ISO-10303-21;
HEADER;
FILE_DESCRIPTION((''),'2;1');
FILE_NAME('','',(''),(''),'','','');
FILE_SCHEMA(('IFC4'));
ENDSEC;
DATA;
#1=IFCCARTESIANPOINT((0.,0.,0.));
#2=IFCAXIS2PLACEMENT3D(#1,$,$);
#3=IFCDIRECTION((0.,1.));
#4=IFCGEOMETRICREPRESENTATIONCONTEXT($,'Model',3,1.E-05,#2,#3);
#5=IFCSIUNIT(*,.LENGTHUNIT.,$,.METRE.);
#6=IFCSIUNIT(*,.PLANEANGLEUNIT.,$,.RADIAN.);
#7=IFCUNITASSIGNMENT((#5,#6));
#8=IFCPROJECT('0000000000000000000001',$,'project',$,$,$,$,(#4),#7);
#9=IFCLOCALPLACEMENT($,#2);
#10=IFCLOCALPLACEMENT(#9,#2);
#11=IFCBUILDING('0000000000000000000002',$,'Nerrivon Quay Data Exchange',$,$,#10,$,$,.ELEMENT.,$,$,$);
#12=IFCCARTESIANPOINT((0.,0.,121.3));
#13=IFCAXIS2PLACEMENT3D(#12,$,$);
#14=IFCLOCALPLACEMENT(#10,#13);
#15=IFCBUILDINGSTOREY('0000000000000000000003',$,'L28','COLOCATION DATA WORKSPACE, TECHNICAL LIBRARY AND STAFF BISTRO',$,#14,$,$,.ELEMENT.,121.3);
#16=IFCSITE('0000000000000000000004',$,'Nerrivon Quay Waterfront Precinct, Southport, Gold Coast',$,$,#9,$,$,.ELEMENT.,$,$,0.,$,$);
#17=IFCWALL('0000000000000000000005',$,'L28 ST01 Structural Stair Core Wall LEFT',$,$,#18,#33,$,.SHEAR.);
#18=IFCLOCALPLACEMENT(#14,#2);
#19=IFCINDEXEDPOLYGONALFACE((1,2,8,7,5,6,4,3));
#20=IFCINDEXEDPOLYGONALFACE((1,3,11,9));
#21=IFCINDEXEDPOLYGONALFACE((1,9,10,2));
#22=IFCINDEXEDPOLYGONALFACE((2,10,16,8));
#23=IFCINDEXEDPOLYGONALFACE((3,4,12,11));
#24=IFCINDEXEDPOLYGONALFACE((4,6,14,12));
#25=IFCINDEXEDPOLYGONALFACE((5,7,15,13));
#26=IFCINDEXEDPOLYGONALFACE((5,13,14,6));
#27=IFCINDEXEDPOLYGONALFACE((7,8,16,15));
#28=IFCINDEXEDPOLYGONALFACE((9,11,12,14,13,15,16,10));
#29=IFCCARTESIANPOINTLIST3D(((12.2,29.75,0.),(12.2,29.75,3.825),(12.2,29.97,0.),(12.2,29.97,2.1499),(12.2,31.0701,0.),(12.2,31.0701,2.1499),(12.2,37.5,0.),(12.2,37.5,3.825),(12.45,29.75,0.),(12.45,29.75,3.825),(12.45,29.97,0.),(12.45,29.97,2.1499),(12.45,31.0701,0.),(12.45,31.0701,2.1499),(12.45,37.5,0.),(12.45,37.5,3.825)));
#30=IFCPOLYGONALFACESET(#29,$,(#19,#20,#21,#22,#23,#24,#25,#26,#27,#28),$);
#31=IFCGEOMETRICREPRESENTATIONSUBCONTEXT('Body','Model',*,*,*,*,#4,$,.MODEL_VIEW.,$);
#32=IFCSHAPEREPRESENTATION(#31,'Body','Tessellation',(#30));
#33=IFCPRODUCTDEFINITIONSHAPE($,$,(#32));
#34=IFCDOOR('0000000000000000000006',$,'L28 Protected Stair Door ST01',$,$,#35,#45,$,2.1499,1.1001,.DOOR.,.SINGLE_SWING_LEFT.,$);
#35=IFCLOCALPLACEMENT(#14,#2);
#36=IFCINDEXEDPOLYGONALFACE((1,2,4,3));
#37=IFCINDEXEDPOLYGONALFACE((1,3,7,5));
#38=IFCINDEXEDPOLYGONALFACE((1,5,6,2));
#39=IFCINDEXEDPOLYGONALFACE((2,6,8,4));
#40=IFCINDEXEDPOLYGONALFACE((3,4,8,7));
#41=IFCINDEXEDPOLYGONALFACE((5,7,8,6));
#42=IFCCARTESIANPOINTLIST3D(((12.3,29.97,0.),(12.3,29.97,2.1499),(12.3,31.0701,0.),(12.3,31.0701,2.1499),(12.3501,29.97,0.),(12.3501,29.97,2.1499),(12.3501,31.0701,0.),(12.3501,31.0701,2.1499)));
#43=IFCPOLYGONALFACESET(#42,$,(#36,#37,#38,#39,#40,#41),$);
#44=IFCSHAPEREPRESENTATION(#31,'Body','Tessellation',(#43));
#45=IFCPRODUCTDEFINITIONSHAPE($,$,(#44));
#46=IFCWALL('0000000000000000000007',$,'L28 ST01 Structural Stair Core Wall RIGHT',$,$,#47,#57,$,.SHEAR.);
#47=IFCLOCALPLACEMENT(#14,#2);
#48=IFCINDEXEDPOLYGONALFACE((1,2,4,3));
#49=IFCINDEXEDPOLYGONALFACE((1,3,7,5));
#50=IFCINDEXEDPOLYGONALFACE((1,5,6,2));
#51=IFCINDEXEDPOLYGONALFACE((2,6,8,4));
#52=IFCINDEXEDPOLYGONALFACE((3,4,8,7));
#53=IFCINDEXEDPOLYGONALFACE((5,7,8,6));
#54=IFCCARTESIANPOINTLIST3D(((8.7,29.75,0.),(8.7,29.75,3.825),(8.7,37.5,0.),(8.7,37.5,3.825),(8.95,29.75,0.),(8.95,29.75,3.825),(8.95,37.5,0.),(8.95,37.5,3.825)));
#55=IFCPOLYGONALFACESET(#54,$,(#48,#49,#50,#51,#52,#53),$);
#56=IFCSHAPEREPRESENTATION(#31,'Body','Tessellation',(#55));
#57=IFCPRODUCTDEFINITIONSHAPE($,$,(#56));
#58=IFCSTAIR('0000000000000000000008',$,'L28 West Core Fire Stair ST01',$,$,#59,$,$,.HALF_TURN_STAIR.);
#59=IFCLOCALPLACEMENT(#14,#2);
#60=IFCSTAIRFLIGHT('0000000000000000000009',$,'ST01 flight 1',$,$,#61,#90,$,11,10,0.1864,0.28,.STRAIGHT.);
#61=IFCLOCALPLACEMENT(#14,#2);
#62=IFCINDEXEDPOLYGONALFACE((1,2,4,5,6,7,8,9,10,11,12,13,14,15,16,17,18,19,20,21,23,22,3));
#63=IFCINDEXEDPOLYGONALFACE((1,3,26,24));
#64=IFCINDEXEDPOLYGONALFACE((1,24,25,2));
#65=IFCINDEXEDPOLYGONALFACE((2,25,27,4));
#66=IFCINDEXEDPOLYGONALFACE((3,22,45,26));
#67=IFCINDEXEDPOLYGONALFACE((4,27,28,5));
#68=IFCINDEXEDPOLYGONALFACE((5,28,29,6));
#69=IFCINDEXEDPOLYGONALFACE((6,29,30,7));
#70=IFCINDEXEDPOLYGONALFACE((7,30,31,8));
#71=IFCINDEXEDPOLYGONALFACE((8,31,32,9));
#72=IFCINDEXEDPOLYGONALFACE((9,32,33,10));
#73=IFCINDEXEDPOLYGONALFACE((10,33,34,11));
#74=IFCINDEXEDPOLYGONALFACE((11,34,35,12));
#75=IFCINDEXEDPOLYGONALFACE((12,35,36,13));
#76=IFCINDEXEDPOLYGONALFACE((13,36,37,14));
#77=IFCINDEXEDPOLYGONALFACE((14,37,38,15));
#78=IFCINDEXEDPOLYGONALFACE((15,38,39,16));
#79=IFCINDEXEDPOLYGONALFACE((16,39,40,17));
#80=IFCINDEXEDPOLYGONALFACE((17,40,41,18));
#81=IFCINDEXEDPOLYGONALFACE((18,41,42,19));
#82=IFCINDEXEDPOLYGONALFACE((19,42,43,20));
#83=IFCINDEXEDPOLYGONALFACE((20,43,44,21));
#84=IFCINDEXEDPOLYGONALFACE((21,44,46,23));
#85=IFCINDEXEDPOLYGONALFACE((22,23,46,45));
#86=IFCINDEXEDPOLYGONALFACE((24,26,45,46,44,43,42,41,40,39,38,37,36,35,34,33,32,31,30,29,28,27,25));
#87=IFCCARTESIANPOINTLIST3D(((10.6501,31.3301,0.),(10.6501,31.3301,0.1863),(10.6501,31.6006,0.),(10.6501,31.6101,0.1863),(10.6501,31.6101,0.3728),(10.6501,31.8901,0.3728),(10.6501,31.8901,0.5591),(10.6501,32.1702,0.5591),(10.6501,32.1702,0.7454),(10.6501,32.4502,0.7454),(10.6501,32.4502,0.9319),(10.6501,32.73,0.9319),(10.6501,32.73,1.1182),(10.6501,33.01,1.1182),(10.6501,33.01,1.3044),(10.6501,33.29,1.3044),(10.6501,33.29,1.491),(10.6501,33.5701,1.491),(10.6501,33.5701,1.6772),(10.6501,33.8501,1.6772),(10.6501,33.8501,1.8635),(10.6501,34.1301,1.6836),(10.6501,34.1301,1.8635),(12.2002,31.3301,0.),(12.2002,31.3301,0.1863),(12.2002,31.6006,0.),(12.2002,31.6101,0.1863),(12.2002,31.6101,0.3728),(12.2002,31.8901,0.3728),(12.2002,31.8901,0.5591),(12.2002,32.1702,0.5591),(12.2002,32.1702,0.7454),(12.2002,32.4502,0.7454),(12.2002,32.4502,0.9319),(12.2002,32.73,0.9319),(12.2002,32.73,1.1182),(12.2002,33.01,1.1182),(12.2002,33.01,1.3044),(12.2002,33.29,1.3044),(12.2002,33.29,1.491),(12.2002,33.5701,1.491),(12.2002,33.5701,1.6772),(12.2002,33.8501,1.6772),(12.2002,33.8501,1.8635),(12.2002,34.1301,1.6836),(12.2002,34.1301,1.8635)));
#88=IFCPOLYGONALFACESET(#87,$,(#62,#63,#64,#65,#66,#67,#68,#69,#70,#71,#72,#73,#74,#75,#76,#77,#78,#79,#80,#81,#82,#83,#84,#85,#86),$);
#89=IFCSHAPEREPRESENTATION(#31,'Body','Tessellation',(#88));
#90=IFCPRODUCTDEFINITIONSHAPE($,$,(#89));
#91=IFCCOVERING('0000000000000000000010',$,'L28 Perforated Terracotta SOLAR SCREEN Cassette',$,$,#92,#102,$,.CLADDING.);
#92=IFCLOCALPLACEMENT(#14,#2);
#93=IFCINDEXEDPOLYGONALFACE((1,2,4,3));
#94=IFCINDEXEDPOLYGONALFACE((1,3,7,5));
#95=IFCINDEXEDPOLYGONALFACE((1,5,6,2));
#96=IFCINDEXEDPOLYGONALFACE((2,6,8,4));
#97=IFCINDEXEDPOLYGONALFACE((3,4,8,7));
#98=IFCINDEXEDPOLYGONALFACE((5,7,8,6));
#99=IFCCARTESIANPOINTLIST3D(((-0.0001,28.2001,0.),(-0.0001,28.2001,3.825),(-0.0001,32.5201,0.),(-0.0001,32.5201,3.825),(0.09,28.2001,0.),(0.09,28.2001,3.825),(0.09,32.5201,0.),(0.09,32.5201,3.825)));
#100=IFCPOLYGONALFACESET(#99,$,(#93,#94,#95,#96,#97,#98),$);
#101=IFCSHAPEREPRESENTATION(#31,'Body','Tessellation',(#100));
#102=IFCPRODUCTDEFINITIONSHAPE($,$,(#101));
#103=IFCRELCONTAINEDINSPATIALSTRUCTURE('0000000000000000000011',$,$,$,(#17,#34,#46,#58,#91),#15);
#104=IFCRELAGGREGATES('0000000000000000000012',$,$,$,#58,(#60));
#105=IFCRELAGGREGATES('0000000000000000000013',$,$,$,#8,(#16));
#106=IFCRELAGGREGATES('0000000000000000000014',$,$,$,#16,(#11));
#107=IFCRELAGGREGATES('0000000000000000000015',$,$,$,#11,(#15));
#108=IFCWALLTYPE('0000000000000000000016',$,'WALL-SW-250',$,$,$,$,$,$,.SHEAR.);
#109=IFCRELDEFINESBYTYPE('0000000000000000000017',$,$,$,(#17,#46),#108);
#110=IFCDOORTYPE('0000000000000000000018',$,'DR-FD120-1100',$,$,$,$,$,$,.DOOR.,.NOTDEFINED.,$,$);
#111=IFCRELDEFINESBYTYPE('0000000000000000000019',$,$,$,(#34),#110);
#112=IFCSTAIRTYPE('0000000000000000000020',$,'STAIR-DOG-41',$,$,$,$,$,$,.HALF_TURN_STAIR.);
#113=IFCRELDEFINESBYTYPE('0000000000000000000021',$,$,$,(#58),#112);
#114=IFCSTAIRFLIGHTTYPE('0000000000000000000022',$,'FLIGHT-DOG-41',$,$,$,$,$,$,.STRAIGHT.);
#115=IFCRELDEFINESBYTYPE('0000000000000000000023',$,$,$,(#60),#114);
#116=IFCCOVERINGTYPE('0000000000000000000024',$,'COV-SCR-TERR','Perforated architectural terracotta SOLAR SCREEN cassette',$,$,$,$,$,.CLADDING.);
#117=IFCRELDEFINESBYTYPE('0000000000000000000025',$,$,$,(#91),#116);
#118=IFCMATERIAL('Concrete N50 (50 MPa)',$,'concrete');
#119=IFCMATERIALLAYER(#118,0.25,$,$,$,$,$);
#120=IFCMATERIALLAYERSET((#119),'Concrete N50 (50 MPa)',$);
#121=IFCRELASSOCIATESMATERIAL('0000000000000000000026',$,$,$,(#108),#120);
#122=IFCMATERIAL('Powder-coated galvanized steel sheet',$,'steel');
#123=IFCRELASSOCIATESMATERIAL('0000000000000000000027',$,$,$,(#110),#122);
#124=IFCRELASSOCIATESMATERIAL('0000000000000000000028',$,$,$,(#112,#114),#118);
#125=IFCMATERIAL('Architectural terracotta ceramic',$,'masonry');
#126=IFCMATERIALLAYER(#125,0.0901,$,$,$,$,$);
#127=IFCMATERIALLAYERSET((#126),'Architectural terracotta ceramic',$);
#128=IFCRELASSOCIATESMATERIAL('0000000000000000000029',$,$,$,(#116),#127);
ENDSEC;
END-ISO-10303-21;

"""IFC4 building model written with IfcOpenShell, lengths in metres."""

from ifc_helpers import new_model, si_unit, direction, frame, frame_2d, origin, origin_2d, place, context, subcontext, project, spatial, polyline, rectangle, outline, extrude, material, layer, layer_set, type_object, element, fill, aggregate, save


model = new_model("IFC4")

# Units and contexts
model_context = context("Model", 3, precision=1e-05, world=origin(), true_north=direction((0.0, 1.0)))
body_context = subcontext(model_context, "Body", "Model", "MODEL_VIEW")
ifc_project = project(units=[si_unit("LENGTHUNIT", "METRE"), si_unit("PLANEANGLEUNIT", "RADIAN")], contexts=[model_context])

# Site, building, storey
site_placement = place(None, origin())
site = spatial("IfcSite", under=ifc_project, at=site_placement, Name="Nerrivon Quay Waterfront Precinct, Southport, Gold Coast", CompositionType="ELEMENT", RefElevation=0.0)
building_placement = place(site_placement, origin())
building = spatial("IfcBuilding", under=site, at=building_placement, Name="Nerrivon Quay Data Exchange", CompositionType="ELEMENT")
storey_placement = place(building_placement, frame((0.0, 0.0, 121.3)))
storey = spatial("IfcBuildingStorey", under=building, at=storey_placement, Name="L28", Description="COLOCATION DATA WORKSPACE, TECHNICAL LIBRARY AND STAFF BISTRO", CompositionType="ELEMENT", Elevation=121.3)

# Shared definitions
ifc_material_1 = material(Name="Powder-coated galvanized steel sheet", Category="steel")

# Shared definitions
ifc_material_2 = material(Name="Concrete N50 (50 MPa)", Category="concrete")
ifc_layer_1 = layer(ifc_material_2, 0.25)
ifc_layer_set_1 = layer_set([ifc_layer_1], Name="Concrete N50 (50 MPa)")
wall_type_1 = type_object("IfcWallType", Name="WALL-SW-250", PredefinedType="SHEAR", material=ifc_layer_set_1)

# Wall, opening, door
wall_1_placement = place(storey_placement, frame((12.325, 29.75, 0.0), z_axis=(0.0, 0.0, 1.0), x_axis=(0.0, 1.0, 0.0)))
wall_1 = element("IfcWall", 1, at=wall_1_placement, inside=storey, type_object=wall_type_1, Name="L28 ST01 Structural Stair Core Wall LEFT", PredefinedType="SHEAR", context=body_context, shape_type="SweptSolid", body=[
    extrude(rectangle(XDim=7.75, YDim=0.25, at=frame_2d((3.875, 0.0))), origin(), (0.0, 0.0, 1.0), 3.825),
])
opening_1_placement = place(wall_1_placement, frame((0.22, 0.0, 0.0)))
opening_1 = element("IfcOpeningElement", 2, at=opening_1_placement, cuts=wall_1, PredefinedType="OPENING", context=body_context, shape_type="SweptSolid", body=[
    extrude(rectangle(XDim=1.1001, YDim=2.1499, at=frame_2d((0.55, 1.075))), frame((0.0, 0.135, 0.0), z_axis=(0.0, -1.0, 0.0), x_axis=(1.0, 0.0, 0.0)), (0.0, 0.0, 1.0), 0.27),
])
door_type_1 = type_object("IfcDoorType", Name="DR-FD120-1100", OperationType="NOTDEFINED", PredefinedType="DOOR", material=ifc_material_1)
door_1_placement = place(opening_1_placement, origin())
door_1 = element("IfcDoor", 3, at=door_1_placement, inside=storey, type_object=door_type_1, Name="L28 Protected Stair Door ST01", OperationType="SINGLE_SWING_LEFT", OverallHeight=2.1499, OverallWidth=1.1001, PredefinedType="DOOR", context=body_context, shape_type="SweptSolid", body=[
    extrude(rectangle(XDim=1.1001, YDim=2.1499, at=frame_2d((0.55, 1.075))), frame((0.0, 0.0249, 0.0), z_axis=(0.0, -1.0, 0.0), x_axis=(1.0, 0.0, 0.0)), (0.0, 0.0, 1.0), 0.05),
])
fill(opening_1, door_1)

# Wall
wall_2_placement = place(storey_placement, frame((8.825, 29.75, 0.0), z_axis=(0.0, 0.0, 1.0), x_axis=(0.0, 1.0, 0.0)))
element("IfcWall", 4, at=wall_2_placement, inside=storey, type_object=wall_type_1, Name="L28 ST01 Structural Stair Core Wall RIGHT", PredefinedType="SHEAR", context=body_context, shape_type="SweptSolid", body=[
    extrude(rectangle(XDim=7.75, YDim=0.25, at=frame_2d((3.875, 0.0))), origin(), (0.0, 0.0, 1.0), 3.825),
])

# Stair, stair flight
stair_type = type_object("IfcStairType", Name="STAIR-DOG-41", PredefinedType="HALF_TURN_STAIR", material=ifc_material_2)
stair_placement = place(storey_placement, origin())
stair = element("IfcStair", 5, at=stair_placement, inside=storey, type_object=stair_type, Name="L28 West Core Fire Stair ST01", PredefinedType="HALF_TURN_STAIR")
stair_flight_type = type_object("IfcStairFlightType", Name="FLIGHT-DOG-41", PredefinedType="STRAIGHT", material=ifc_material_2)
stair_flight_placement = place(storey_placement, frame((11.425, 31.3301, 0.0), z_axis=(0.0, 0.0, 1.0), x_axis=(0.0, 1.0, 0.0)))
stair_flight = element("IfcStairFlight", 6, at=stair_flight_placement, type_object=stair_flight_type, Name="ST01 flight 1", NumberOfRisers=11, NumberOfTreads=10, PredefinedType="STRAIGHT", RiserHeight=0.1864, TreadLength=0.28, context=body_context, shape_type="SweptSolid", body=[
    extrude(outline(polyline([(0.0, 0.0), (0.0, 0.1863), (0.28, 0.1863), (0.28, 0.3728), (0.5601, 0.3728), (0.5601, 0.5591), (0.8401, 0.5591), (0.8401, 0.7454), (1.1201, 0.7454), (1.1201, 0.9319), (1.3999, 0.9319), (1.3999, 1.1182), (1.6799, 1.1182), (1.6799, 1.3044), (1.96, 1.3044), (1.96, 1.491), (2.24, 1.491), (2.24, 1.6772), (2.52, 1.6772), (2.52, 1.8635), (2.8, 1.8635), (2.8, 2.05), (2.8, 1.6836), (0.2705, 0.0), (0.0, 0.0)])), frame((0.0, 0.7749, 0.0), z_axis=(0.0, -1.0, 0.0), x_axis=(1.0, 0.0, 0.0)), (0.0, 0.0, 1.0), 1.55),
])
aggregate(stair, [stair_flight])

# Covering
ifc_material_3 = material(Name="Architectural terracotta ceramic", Category="masonry")
ifc_layer_2 = layer(ifc_material_3, 0.0901)
ifc_layer_set_2 = layer_set([ifc_layer_2], Name="Architectural terracotta ceramic")
covering_type = type_object("IfcCoveringType", Name="COV-SCR-TERR", Description="Perforated architectural terracotta SOLAR SCREEN cassette", PredefinedType="CLADDING", material=ifc_layer_set_2)
covering_placement = place(storey_placement, frame((0.0449, 30.3601, 0.0), z_axis=(0.0, 0.0, 1.0), x_axis=(0.0, 1.0, 0.0)))
element("IfcCovering", 7, at=covering_placement, inside=storey, type_object=covering_type, Name="L28 Perforated Terracotta SOLAR SCREEN Cassette", PredefinedType="CLADDING", context=body_context, shape_type="SweptSolid", body=[
    extrude(rectangle(XDim=4.3201, YDim=0.0901, at=origin_2d()), origin(), (0.0, 0.0, 1.0), 3.825),
])

save(model, "model.ifc")
